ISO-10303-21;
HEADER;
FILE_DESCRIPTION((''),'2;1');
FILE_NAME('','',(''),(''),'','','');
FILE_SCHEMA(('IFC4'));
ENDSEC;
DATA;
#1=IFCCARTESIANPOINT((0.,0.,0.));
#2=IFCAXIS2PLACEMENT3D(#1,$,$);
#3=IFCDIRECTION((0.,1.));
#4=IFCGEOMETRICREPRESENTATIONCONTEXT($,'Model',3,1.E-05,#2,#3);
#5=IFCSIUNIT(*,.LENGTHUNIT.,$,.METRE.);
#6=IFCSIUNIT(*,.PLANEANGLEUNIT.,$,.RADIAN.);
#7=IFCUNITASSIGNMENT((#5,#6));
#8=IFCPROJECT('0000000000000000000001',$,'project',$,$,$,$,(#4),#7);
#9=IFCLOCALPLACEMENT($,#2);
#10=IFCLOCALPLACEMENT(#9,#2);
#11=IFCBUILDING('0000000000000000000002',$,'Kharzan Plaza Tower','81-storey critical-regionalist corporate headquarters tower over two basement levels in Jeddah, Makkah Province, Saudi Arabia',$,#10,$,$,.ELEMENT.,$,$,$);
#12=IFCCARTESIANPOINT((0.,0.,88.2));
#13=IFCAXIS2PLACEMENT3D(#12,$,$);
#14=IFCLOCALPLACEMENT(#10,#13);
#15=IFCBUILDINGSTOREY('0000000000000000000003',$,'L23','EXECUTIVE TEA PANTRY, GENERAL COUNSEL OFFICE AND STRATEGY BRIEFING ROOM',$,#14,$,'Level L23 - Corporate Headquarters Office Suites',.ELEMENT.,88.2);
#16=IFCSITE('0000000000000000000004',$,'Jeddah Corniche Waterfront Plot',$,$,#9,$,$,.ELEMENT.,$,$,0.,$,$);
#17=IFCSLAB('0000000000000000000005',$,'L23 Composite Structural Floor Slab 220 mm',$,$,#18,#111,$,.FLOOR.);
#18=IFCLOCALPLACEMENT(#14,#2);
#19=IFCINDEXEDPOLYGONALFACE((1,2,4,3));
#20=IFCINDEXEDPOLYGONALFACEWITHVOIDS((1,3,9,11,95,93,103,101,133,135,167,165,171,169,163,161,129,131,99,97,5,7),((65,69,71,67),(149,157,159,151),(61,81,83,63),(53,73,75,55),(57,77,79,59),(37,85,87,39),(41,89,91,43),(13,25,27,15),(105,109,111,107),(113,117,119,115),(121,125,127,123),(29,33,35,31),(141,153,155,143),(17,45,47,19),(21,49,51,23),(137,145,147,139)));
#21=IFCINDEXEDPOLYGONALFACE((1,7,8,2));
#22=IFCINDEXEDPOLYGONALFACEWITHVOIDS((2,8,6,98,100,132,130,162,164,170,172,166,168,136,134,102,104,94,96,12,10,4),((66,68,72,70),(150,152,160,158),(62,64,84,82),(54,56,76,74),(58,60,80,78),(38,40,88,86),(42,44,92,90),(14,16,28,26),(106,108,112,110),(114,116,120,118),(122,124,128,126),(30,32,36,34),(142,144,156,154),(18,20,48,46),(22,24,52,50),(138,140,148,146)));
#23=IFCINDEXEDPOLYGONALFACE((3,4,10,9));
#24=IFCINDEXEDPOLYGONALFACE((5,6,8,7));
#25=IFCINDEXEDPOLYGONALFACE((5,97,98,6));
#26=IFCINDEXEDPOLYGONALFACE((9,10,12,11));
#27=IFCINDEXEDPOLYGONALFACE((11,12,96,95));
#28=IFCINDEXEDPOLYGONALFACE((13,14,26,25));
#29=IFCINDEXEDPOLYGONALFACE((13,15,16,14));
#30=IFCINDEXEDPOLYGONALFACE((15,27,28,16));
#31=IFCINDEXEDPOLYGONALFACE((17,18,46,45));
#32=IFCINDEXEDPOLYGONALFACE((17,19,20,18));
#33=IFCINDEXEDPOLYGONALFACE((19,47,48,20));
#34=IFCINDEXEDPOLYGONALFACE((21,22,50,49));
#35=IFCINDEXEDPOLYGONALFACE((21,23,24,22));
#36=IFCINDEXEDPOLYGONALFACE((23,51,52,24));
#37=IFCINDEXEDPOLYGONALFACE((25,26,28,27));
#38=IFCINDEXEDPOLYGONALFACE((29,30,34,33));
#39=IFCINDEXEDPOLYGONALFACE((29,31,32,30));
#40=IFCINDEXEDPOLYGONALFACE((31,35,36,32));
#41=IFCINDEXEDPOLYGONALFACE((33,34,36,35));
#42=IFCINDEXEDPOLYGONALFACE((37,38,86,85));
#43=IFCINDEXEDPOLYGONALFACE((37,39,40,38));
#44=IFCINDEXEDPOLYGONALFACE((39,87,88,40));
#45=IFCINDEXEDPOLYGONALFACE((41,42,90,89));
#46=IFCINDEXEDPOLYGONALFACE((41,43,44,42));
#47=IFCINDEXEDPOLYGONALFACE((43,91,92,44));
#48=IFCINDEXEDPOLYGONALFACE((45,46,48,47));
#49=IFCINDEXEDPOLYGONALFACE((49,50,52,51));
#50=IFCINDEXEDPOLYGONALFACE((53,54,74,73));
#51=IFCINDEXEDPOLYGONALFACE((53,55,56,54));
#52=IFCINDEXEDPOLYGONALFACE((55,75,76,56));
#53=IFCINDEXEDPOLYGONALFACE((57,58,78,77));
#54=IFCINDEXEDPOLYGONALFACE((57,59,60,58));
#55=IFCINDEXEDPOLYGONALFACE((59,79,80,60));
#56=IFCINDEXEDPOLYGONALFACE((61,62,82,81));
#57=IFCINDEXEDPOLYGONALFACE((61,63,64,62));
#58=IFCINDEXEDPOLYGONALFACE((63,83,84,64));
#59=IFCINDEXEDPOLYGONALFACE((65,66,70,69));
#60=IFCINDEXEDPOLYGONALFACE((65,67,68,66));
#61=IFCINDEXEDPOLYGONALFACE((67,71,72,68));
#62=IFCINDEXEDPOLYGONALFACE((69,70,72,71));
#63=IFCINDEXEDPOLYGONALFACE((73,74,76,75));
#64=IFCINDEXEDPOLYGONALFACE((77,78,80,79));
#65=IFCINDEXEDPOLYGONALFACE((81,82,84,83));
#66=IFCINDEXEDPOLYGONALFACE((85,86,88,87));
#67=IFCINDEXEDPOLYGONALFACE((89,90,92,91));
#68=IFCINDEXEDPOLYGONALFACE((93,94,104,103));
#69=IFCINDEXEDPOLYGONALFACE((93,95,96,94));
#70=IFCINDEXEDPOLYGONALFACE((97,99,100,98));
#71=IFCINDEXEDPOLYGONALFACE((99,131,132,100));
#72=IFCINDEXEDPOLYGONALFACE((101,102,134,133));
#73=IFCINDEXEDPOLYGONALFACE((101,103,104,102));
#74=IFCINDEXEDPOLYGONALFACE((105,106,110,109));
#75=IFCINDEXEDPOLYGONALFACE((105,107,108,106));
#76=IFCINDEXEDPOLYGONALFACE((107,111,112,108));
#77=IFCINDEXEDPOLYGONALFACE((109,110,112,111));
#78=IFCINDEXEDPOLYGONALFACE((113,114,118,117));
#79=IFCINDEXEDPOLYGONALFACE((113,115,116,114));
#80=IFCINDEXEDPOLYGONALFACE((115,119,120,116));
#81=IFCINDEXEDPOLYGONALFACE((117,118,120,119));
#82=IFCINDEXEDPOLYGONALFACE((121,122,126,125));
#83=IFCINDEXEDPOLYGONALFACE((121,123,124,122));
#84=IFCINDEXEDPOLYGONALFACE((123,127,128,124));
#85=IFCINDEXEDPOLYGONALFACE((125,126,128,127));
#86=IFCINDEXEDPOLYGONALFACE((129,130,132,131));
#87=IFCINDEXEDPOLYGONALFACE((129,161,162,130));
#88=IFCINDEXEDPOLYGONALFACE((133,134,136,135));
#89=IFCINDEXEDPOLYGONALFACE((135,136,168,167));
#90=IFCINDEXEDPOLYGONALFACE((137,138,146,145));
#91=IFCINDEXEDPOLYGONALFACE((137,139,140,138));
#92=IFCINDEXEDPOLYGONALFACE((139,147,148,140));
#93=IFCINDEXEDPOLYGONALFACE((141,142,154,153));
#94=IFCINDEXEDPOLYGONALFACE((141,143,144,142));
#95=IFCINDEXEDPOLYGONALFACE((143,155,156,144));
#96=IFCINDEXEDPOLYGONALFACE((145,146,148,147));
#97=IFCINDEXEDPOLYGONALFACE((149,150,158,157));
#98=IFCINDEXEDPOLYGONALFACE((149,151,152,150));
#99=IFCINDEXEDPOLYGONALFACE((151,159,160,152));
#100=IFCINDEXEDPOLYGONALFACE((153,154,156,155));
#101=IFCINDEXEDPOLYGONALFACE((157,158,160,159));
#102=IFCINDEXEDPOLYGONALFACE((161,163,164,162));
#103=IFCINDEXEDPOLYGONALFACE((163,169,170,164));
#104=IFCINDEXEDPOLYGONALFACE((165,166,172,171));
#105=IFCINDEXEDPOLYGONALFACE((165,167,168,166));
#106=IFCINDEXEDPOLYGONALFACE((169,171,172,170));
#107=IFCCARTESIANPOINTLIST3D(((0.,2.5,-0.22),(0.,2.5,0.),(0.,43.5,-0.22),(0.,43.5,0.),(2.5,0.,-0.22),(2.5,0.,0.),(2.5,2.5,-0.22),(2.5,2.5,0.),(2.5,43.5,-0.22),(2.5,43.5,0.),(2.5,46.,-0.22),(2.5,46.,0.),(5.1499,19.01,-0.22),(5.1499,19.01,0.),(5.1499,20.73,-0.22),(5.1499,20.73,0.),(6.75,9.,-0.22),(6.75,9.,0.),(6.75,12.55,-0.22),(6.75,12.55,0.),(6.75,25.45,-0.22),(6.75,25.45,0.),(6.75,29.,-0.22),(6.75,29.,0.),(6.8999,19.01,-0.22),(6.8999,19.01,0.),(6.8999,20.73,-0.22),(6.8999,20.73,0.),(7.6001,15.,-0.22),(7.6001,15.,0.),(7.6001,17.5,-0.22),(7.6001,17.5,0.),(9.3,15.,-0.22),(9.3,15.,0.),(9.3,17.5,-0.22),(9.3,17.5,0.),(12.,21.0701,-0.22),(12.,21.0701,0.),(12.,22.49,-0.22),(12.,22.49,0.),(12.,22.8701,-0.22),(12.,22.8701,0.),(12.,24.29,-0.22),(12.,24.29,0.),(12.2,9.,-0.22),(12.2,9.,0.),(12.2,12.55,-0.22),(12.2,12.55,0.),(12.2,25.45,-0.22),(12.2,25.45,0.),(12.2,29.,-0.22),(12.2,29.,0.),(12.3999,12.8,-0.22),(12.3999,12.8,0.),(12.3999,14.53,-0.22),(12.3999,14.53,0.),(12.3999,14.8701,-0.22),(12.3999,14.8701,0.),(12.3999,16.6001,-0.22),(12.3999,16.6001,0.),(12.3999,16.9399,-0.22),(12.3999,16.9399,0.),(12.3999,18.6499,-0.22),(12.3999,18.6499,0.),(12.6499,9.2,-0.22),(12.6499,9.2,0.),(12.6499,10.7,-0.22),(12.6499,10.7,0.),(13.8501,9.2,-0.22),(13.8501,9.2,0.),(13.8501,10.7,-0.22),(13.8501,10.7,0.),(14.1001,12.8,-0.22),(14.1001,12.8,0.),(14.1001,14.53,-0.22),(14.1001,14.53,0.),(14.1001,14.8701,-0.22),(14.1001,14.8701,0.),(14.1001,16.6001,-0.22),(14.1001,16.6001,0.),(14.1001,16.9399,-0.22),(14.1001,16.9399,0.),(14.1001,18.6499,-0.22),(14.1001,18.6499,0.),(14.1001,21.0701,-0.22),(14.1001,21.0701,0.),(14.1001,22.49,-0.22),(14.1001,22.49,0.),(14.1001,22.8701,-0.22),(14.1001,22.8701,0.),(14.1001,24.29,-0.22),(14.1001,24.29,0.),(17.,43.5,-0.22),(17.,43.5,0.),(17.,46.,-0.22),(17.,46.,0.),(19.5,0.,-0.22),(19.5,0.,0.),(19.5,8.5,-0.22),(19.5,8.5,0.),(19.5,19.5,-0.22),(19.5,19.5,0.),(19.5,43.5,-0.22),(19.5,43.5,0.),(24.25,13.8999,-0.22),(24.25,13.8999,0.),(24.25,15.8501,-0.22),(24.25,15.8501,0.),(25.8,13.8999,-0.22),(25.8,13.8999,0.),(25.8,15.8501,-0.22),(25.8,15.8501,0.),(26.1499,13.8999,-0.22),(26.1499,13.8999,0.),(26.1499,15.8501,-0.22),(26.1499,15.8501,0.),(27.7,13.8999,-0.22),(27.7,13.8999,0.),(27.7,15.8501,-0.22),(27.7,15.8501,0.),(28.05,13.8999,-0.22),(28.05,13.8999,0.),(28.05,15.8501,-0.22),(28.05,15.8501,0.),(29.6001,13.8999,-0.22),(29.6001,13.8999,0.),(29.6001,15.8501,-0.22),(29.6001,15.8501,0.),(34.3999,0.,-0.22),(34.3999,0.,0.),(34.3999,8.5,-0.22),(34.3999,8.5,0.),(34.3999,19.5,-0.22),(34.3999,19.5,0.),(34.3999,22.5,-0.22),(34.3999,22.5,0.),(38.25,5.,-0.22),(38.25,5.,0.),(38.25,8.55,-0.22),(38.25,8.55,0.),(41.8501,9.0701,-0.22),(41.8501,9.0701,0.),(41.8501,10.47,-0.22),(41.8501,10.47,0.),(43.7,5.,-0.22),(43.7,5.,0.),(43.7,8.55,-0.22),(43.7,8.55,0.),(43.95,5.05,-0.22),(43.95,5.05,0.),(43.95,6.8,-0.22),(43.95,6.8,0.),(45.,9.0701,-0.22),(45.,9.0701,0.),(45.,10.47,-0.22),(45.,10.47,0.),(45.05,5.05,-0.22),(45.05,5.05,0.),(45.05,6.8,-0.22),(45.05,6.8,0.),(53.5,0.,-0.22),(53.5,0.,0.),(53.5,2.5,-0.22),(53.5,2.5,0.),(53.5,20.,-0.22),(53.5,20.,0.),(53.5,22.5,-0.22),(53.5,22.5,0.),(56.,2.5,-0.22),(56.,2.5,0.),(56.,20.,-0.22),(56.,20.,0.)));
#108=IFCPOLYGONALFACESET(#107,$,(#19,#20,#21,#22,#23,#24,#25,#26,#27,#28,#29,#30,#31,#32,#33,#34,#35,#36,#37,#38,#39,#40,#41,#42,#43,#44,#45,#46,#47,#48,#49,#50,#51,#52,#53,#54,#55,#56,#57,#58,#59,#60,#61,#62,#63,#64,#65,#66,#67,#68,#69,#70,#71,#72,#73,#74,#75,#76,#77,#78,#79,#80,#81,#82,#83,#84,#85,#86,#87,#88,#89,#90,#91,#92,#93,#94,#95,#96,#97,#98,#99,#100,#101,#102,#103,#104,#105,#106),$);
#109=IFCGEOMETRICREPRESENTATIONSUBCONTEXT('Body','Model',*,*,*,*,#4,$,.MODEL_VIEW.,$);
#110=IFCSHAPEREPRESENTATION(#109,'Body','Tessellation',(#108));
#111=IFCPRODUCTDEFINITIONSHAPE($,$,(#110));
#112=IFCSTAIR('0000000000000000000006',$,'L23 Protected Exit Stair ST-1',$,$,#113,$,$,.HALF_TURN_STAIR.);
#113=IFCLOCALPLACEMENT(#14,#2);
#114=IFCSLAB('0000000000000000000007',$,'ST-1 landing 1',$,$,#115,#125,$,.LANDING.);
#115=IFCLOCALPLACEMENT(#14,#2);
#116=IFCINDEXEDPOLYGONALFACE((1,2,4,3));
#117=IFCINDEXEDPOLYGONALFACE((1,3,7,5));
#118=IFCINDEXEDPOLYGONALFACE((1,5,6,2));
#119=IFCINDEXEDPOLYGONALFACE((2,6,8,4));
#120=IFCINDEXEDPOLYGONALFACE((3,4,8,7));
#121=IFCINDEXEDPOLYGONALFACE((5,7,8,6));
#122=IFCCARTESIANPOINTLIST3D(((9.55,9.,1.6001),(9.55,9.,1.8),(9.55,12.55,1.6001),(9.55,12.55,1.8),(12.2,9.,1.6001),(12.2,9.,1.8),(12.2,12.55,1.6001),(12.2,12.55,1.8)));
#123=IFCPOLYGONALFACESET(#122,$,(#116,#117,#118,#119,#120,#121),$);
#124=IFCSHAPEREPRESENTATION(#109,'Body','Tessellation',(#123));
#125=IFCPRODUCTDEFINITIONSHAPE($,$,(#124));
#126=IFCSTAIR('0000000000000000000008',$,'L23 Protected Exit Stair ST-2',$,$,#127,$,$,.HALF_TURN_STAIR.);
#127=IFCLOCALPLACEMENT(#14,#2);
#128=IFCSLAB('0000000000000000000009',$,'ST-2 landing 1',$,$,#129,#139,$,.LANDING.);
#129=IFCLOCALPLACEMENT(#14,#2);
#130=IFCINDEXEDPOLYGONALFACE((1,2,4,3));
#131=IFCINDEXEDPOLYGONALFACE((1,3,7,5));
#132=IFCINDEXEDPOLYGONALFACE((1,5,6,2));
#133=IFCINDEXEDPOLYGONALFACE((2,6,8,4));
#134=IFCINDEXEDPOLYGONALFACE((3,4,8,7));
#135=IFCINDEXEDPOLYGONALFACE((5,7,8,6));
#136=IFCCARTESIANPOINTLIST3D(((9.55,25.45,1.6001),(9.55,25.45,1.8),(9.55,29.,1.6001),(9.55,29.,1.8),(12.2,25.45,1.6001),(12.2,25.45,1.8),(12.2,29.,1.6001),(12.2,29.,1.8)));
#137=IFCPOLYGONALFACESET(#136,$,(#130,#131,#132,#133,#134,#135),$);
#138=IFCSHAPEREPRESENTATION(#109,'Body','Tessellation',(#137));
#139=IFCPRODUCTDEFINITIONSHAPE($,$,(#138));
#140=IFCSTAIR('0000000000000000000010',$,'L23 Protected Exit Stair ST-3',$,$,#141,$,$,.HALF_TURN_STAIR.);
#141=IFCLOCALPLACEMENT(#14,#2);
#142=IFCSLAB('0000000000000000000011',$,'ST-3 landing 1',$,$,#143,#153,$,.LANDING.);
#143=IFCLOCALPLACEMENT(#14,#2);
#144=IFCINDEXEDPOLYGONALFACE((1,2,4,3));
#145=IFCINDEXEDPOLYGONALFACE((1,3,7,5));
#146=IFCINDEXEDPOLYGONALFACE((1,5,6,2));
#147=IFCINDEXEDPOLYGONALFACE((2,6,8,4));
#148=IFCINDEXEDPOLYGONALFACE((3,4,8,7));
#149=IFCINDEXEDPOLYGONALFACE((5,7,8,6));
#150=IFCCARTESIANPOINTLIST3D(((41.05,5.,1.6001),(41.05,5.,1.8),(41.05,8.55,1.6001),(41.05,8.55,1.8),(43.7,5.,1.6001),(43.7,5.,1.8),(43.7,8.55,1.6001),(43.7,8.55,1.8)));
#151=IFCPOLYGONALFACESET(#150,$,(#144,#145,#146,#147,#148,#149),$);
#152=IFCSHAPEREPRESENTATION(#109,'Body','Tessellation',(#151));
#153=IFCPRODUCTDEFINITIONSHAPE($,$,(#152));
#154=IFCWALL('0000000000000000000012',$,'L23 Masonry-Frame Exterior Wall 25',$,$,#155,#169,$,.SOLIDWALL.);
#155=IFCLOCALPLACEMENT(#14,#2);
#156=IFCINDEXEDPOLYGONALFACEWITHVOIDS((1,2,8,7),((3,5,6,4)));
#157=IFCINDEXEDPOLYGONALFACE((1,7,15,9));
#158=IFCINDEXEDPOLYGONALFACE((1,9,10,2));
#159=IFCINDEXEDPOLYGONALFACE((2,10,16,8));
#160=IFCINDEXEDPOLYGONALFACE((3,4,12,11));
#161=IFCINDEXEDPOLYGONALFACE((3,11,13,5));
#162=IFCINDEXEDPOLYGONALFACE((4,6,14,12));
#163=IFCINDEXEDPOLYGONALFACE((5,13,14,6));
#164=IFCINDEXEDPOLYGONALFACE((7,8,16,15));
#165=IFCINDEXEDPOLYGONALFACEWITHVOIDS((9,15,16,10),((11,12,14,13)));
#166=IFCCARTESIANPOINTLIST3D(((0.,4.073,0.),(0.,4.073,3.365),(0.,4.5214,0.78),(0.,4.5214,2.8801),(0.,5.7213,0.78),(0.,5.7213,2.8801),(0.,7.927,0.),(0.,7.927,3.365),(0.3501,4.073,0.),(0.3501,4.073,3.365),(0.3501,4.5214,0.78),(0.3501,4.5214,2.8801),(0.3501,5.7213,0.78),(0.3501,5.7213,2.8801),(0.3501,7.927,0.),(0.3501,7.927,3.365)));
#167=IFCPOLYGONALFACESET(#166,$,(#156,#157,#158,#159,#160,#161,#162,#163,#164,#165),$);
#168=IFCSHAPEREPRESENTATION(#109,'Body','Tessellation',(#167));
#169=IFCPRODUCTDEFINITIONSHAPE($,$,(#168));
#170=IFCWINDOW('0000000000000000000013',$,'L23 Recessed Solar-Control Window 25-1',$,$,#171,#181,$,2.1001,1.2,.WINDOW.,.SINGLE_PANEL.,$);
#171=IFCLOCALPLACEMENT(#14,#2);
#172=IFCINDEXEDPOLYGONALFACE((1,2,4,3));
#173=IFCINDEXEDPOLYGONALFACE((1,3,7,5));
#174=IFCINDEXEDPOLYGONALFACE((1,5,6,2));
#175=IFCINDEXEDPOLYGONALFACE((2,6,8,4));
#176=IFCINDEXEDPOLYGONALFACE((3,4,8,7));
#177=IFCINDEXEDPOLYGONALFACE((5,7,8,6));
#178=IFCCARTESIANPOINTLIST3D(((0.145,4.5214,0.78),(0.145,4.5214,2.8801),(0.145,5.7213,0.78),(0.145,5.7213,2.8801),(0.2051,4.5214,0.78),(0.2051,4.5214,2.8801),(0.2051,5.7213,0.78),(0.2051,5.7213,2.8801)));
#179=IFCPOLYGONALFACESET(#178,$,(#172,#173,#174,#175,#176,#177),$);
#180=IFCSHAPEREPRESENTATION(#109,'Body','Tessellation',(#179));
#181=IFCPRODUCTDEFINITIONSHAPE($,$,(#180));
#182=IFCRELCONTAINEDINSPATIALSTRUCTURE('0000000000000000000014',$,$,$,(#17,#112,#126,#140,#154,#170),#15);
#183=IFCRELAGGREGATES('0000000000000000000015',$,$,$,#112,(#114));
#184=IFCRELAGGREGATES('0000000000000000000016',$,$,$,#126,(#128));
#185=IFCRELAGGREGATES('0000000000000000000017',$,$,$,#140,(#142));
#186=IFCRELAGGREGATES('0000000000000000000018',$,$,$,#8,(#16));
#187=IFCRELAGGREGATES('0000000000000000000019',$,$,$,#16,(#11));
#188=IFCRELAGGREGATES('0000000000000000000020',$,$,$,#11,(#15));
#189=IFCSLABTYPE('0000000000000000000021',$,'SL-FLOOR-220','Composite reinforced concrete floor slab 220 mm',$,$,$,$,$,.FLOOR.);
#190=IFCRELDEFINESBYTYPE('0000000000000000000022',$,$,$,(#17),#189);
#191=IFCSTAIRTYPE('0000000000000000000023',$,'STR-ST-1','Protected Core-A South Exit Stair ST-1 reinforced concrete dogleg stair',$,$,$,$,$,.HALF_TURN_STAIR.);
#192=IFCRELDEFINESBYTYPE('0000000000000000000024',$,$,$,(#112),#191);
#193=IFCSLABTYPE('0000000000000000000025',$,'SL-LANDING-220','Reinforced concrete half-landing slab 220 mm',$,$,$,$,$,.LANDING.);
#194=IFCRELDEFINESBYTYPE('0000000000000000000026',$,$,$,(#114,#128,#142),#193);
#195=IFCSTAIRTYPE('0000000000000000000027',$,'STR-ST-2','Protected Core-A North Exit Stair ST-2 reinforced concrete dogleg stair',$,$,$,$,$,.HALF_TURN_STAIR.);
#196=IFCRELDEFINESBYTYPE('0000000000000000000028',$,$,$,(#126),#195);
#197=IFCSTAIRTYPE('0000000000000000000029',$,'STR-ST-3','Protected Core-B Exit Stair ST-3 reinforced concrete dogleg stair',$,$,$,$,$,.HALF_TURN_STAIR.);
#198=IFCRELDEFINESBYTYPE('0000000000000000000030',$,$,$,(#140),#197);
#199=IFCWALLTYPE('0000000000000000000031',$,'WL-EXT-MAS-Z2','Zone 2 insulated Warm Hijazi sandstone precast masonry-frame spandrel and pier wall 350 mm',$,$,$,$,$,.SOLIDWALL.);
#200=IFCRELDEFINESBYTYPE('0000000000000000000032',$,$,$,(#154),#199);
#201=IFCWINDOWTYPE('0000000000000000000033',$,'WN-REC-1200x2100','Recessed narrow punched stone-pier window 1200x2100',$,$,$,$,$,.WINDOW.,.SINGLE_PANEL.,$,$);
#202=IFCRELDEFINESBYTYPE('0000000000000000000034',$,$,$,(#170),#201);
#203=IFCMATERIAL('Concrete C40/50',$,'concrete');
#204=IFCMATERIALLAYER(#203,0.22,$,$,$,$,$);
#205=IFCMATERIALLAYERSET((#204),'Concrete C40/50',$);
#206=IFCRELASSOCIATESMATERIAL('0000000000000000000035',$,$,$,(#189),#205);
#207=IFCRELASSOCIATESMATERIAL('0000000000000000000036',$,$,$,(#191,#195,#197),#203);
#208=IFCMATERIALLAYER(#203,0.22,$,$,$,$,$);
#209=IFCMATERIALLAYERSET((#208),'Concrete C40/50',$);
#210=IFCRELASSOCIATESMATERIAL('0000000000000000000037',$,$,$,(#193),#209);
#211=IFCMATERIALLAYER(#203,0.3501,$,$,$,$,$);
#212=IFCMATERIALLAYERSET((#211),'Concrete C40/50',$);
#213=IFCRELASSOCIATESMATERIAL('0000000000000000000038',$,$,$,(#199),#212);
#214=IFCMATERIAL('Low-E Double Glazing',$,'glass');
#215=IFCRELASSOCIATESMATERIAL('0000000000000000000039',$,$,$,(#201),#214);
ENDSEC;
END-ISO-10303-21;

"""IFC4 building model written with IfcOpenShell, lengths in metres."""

from ifc_helpers import new_model, si_unit, direction, frame, frame_2d, origin, place, context, subcontext, project, spatial, polyline, rectangle, outline, extrude, source, transform, mapped, material, layer, layer_set, type_object, element, fill, aggregate, save


model = new_model("IFC4")

# Units and contexts
model_context = context("Model", 3, precision=1e-05, world=origin(), true_north=direction((0.0, 1.0)))
body_context = subcontext(model_context, "Body", "Model", "MODEL_VIEW")
ifc_project = project(units=[si_unit("LENGTHUNIT", "METRE"), si_unit("PLANEANGLEUNIT", "RADIAN")], contexts=[model_context])

# Site, building, storey
site_placement = place(None, origin())
site = spatial("IfcSite", under=ifc_project, at=site_placement, Name="Jeddah Corniche Waterfront Plot", CompositionType="ELEMENT", RefElevation=0.0)
building_placement = place(site_placement, origin())
building = spatial("IfcBuilding", under=site, at=building_placement, Name="Kharzan Plaza Tower", Description="81-storey critical-regionalist corporate headquarters tower over two basement levels in Jeddah, Makkah Province, Saudi Arabia", CompositionType="ELEMENT")
storey_placement = place(building_placement, frame((0.0, 0.0, 88.2)))
storey = spatial("IfcBuildingStorey", under=building, at=storey_placement, Name="L23", Description="EXECUTIVE TEA PANTRY, GENERAL COUNSEL OFFICE AND STRATEGY BRIEFING ROOM", LongName="Level L23 - Corporate Headquarters Office Suites", CompositionType="ELEMENT", Elevation=88.2)

# Slab
ifc_material_1 = material(Name="Concrete C40/50", Category="concrete")
ifc_layer_1 = layer(ifc_material_1, 0.22)
ifc_layer_set_1 = layer_set([ifc_layer_1], Name="Concrete C40/50")
slab_type_1 = type_object("IfcSlabType", Name="SL-FLOOR-220", Description="Composite reinforced concrete floor slab 220 mm", PredefinedType="FLOOR", material=ifc_layer_set_1)
slab_1_placement = place(storey_placement, frame((0.0, 0.0, -0.22)))
element("IfcSlab", 1, at=slab_1_placement, inside=storey, type_object=slab_type_1, Name="L23 Composite Structural Floor Slab 220 mm", PredefinedType="FLOOR", context=body_context, shape_type="SweptSolid", body=[
    extrude(outline(polyline([(34.3999, 19.5), (19.5, 19.5), (19.5, 43.5), (17.0, 43.5), (17.0, 46.0), (2.5, 46.0), (2.5, 43.5), (0.0, 43.5), (0.0, 2.5), (2.5, 2.5), (2.5, 0.0), (19.5, 0.0), (19.5, 8.5), (34.3999, 8.5), (34.3999, 0.0), (53.5, 0.0), (53.5, 2.5), (56.0, 2.5), (56.0, 20.0), (53.5, 20.0), (53.5, 22.5), (34.3999, 22.5), (34.3999, 19.5)]), holes=[polyline([(12.2, 9.0), (12.2, 12.55), (6.75, 12.55), (6.75, 9.0), (12.2, 9.0)]), polyline([(14.1001, 12.8), (14.1001, 14.53), (12.3999, 14.53), (12.3999, 12.8), (14.1001, 12.8)]), polyline([(14.1001, 14.8701), (14.1001, 16.6001), (12.3999, 16.6001), (12.3999, 14.8701), (14.1001, 14.8701)]), polyline([(9.3, 15.0), (9.3, 17.5), (7.6001, 17.5), (7.6001, 15.0), (9.3, 15.0)]), polyline([(6.8999, 19.01), (6.8999, 20.73), (5.1499, 20.73), (5.1499, 19.01), (6.8999, 19.01)]), polyline([(14.1001, 21.0701), (14.1001, 22.49), (12.0, 22.49), (12.0, 21.0701), (14.1001, 21.0701)]), polyline([(14.1001, 22.8701), (14.1001, 24.29), (12.0, 24.29), (12.0, 22.8701), (14.1001, 22.8701)]), polyline([(12.2, 25.45), (12.2, 29.0), (6.75, 29.0), (6.75, 25.45), (12.2, 25.45)]), polyline([(45.05, 5.05), (45.05, 6.8), (43.95, 6.8), (43.95, 5.05), (45.05, 5.05)]), polyline([(43.7, 5.0), (43.7, 8.55), (38.25, 8.55), (38.25, 5.0), (43.7, 5.0)]), polyline([(45.0, 9.0701), (45.0, 10.47), (41.8501, 10.47), (41.8501, 9.0701), (45.0, 9.0701)]), polyline([(13.8501, 9.2), (13.8501, 10.7), (12.6499, 10.7), (12.6499, 9.2), (13.8501, 9.2)]), polyline([(25.8, 13.8999), (25.8, 15.8501), (24.25, 15.8501), (24.25, 13.8999), (25.8, 13.8999)]), polyline([(27.7, 13.8999), (27.7, 15.8501), (26.1499, 15.8501), (26.1499, 13.8999), (27.7, 13.8999)]), polyline([(29.6001, 13.8999), (29.6001, 15.8501), (28.05, 15.8501), (28.05, 13.8999), (29.6001, 13.8999)]), polyline([(14.1001, 16.9399), (14.1001, 18.6499), (12.3999, 18.6499), (12.3999, 16.9399), (14.1001, 16.9399)])]), origin(), (0.0, 0.0, 1.0), 0.22),
])

# Stairs, slabs
stair_type_1 = type_object("IfcStairType", Name="STR-ST-1", Description="Protected Core-A South Exit Stair ST-1 reinforced concrete dogleg stair", PredefinedType="HALF_TURN_STAIR", material=ifc_material_1)
stair_1_placement = place(storey_placement, origin())
stair_1 = element("IfcStair", 2, at=stair_1_placement, inside=storey, type_object=stair_type_1, Name="L23 Protected Exit Stair ST-1", PredefinedType="HALF_TURN_STAIR")
ifc_layer_2 = layer(ifc_material_1, 0.22)
ifc_layer_set_2 = layer_set([ifc_layer_2], Name="Concrete C40/50")
slab_type_2 = type_object("IfcSlabType", Name="SL-LANDING-220", Description="Reinforced concrete half-landing slab 220 mm", PredefinedType="LANDING", material=ifc_layer_set_2)
slab_2_placement = place(storey_placement, frame((0.0, 0.0, 1.6001)))
slab_2 = element("IfcSlab", 3, at=slab_2_placement, type_object=slab_type_2, Name="ST-1 landing 1", PredefinedType="LANDING", context=body_context, shape_type="SweptSolid", body=[
    extrude(outline(polyline([(9.55, 9.0), (12.2, 9.0), (12.2, 12.55), (9.55, 12.55), (9.55, 9.0)])), origin(), (0.0, 0.0, 1.0), 0.2),
])
aggregate(stair_1, [slab_2])
stair_type_2 = type_object("IfcStairType", Name="STR-ST-2", Description="Protected Core-A North Exit Stair ST-2 reinforced concrete dogleg stair", PredefinedType="HALF_TURN_STAIR", material=ifc_material_1)
stair_2_placement = place(storey_placement, origin())
stair_2 = element("IfcStair", 4, at=stair_2_placement, inside=storey, type_object=stair_type_2, Name="L23 Protected Exit Stair ST-2", PredefinedType="HALF_TURN_STAIR")
slab_3_placement = place(storey_placement, frame((0.0, 0.0, 1.6001)))
slab_3 = element("IfcSlab", 5, at=slab_3_placement, type_object=slab_type_2, Name="ST-2 landing 1", PredefinedType="LANDING", context=body_context, shape_type="SweptSolid", body=[
    extrude(outline(polyline([(9.55, 25.45), (12.2, 25.45), (12.2, 29.0), (9.55, 29.0), (9.55, 25.45)])), origin(), (0.0, 0.0, 1.0), 0.2),
])
aggregate(stair_2, [slab_3])
stair_type_3 = type_object("IfcStairType", Name="STR-ST-3", Description="Protected Core-B Exit Stair ST-3 reinforced concrete dogleg stair", PredefinedType="HALF_TURN_STAIR", material=ifc_material_1)
stair_3_placement = place(storey_placement, origin())
stair_3 = element("IfcStair", 6, at=stair_3_placement, inside=storey, type_object=stair_type_3, Name="L23 Protected Exit Stair ST-3", PredefinedType="HALF_TURN_STAIR")
slab_4_placement = place(storey_placement, frame((0.0, 0.0, 1.6001)))
slab_4 = element("IfcSlab", 7, at=slab_4_placement, type_object=slab_type_2, Name="ST-3 landing 1", PredefinedType="LANDING", context=body_context, shape_type="SweptSolid", body=[
    extrude(outline(polyline([(41.05, 5.0), (43.7, 5.0), (43.7, 8.55), (41.05, 8.55), (41.05, 5.0)])), origin(), (0.0, 0.0, 1.0), 0.2),
])
aggregate(stair_3, [slab_4])

# Wall, opening, window
ifc_layer_3 = layer(ifc_material_1, 0.3501)
ifc_layer_set_3 = layer_set([ifc_layer_3], Name="Concrete C40/50")
wall_type_1 = type_object("IfcWallType", Name="WL-EXT-MAS-Z2", Description="Zone 2 insulated Warm Hijazi sandstone precast masonry-frame spandrel and pier wall 350 mm", PredefinedType="SOLIDWALL", material=ifc_layer_set_3)
wall_1_placement = place(storey_placement, frame((0.175, 7.927, 0.0), z_axis=(0.0, 0.0, 1.0), x_axis=(0.0, -1.0, 0.0)))
wall_1 = element("IfcWall", 8, at=wall_1_placement, inside=storey, type_object=wall_type_1, Name="L23 Masonry-Frame Exterior Wall 25", PredefinedType="SOLIDWALL", context=body_context, shape_type="SweptSolid", body=[
    extrude(rectangle(XDim=3.854, YDim=0.3501, at=frame_2d((1.927, 0.0))), origin(), (0.0, 0.0, 1.0), 3.365),
])
opening_1_placement = place(wall_1_placement, frame((2.2056, 0.0, 0.78)))
opening_1 = element("IfcOpeningElement", 9, at=opening_1_placement, cuts=wall_1, PredefinedType="OPENING", context=body_context, shape_type="SweptSolid", body=[
    extrude(rectangle(XDim=1.2, YDim=2.1001, at=frame_2d((0.6001, 1.05))), frame((0.0, 0.1851, 0.0), z_axis=(0.0, -1.0, 0.0), x_axis=(1.0, 0.0, 0.0)), (0.0, 0.0, 1.0), 0.3701),
])
ifc_material_2 = material(Name="Low-E Double Glazing", Category="glass")
window_type_1 = type_object("IfcWindowType", Name="WN-REC-1200x2100", Description="Recessed narrow punched stone-pier window 1200x2100", PartitioningType="SINGLE_PANEL", PredefinedType="WINDOW", material=ifc_material_2)
shared_shape_1 = source(origin(), body_context, "Body", "SweptSolid", [
    extrude(rectangle(XDim=1.2, YDim=2.1001, at=frame_2d((0.6001, 1.05))), frame((0.0, 0.03, 0.0), z_axis=(0.0, -1.0, 0.0), x_axis=(1.0, 0.0, 0.0)), (0.0, 0.0, 1.0), 0.0601),
])
window_1_placement = place(opening_1_placement, origin())
window_1 = element("IfcWindow", 10, at=window_1_placement, inside=storey, type_object=window_type_1, Name="L23 Recessed Solar-Control Window 25-1", OverallHeight=2.1001, OverallWidth=1.2, PartitioningType="SINGLE_PANEL", PredefinedType="WINDOW", context=body_context, shape_type="MappedRepresentation", body=[
    mapped(shared_shape_1, transform((0.0, 0.0, 0.0), x_axis=(1.0, 0.0, 0.0), y_axis=(0.0, 1.0, 0.0), z_axis=(0.0, 0.0, 1.0))),
])
fill(opening_1, window_1)

save(model, "model.ifc")
